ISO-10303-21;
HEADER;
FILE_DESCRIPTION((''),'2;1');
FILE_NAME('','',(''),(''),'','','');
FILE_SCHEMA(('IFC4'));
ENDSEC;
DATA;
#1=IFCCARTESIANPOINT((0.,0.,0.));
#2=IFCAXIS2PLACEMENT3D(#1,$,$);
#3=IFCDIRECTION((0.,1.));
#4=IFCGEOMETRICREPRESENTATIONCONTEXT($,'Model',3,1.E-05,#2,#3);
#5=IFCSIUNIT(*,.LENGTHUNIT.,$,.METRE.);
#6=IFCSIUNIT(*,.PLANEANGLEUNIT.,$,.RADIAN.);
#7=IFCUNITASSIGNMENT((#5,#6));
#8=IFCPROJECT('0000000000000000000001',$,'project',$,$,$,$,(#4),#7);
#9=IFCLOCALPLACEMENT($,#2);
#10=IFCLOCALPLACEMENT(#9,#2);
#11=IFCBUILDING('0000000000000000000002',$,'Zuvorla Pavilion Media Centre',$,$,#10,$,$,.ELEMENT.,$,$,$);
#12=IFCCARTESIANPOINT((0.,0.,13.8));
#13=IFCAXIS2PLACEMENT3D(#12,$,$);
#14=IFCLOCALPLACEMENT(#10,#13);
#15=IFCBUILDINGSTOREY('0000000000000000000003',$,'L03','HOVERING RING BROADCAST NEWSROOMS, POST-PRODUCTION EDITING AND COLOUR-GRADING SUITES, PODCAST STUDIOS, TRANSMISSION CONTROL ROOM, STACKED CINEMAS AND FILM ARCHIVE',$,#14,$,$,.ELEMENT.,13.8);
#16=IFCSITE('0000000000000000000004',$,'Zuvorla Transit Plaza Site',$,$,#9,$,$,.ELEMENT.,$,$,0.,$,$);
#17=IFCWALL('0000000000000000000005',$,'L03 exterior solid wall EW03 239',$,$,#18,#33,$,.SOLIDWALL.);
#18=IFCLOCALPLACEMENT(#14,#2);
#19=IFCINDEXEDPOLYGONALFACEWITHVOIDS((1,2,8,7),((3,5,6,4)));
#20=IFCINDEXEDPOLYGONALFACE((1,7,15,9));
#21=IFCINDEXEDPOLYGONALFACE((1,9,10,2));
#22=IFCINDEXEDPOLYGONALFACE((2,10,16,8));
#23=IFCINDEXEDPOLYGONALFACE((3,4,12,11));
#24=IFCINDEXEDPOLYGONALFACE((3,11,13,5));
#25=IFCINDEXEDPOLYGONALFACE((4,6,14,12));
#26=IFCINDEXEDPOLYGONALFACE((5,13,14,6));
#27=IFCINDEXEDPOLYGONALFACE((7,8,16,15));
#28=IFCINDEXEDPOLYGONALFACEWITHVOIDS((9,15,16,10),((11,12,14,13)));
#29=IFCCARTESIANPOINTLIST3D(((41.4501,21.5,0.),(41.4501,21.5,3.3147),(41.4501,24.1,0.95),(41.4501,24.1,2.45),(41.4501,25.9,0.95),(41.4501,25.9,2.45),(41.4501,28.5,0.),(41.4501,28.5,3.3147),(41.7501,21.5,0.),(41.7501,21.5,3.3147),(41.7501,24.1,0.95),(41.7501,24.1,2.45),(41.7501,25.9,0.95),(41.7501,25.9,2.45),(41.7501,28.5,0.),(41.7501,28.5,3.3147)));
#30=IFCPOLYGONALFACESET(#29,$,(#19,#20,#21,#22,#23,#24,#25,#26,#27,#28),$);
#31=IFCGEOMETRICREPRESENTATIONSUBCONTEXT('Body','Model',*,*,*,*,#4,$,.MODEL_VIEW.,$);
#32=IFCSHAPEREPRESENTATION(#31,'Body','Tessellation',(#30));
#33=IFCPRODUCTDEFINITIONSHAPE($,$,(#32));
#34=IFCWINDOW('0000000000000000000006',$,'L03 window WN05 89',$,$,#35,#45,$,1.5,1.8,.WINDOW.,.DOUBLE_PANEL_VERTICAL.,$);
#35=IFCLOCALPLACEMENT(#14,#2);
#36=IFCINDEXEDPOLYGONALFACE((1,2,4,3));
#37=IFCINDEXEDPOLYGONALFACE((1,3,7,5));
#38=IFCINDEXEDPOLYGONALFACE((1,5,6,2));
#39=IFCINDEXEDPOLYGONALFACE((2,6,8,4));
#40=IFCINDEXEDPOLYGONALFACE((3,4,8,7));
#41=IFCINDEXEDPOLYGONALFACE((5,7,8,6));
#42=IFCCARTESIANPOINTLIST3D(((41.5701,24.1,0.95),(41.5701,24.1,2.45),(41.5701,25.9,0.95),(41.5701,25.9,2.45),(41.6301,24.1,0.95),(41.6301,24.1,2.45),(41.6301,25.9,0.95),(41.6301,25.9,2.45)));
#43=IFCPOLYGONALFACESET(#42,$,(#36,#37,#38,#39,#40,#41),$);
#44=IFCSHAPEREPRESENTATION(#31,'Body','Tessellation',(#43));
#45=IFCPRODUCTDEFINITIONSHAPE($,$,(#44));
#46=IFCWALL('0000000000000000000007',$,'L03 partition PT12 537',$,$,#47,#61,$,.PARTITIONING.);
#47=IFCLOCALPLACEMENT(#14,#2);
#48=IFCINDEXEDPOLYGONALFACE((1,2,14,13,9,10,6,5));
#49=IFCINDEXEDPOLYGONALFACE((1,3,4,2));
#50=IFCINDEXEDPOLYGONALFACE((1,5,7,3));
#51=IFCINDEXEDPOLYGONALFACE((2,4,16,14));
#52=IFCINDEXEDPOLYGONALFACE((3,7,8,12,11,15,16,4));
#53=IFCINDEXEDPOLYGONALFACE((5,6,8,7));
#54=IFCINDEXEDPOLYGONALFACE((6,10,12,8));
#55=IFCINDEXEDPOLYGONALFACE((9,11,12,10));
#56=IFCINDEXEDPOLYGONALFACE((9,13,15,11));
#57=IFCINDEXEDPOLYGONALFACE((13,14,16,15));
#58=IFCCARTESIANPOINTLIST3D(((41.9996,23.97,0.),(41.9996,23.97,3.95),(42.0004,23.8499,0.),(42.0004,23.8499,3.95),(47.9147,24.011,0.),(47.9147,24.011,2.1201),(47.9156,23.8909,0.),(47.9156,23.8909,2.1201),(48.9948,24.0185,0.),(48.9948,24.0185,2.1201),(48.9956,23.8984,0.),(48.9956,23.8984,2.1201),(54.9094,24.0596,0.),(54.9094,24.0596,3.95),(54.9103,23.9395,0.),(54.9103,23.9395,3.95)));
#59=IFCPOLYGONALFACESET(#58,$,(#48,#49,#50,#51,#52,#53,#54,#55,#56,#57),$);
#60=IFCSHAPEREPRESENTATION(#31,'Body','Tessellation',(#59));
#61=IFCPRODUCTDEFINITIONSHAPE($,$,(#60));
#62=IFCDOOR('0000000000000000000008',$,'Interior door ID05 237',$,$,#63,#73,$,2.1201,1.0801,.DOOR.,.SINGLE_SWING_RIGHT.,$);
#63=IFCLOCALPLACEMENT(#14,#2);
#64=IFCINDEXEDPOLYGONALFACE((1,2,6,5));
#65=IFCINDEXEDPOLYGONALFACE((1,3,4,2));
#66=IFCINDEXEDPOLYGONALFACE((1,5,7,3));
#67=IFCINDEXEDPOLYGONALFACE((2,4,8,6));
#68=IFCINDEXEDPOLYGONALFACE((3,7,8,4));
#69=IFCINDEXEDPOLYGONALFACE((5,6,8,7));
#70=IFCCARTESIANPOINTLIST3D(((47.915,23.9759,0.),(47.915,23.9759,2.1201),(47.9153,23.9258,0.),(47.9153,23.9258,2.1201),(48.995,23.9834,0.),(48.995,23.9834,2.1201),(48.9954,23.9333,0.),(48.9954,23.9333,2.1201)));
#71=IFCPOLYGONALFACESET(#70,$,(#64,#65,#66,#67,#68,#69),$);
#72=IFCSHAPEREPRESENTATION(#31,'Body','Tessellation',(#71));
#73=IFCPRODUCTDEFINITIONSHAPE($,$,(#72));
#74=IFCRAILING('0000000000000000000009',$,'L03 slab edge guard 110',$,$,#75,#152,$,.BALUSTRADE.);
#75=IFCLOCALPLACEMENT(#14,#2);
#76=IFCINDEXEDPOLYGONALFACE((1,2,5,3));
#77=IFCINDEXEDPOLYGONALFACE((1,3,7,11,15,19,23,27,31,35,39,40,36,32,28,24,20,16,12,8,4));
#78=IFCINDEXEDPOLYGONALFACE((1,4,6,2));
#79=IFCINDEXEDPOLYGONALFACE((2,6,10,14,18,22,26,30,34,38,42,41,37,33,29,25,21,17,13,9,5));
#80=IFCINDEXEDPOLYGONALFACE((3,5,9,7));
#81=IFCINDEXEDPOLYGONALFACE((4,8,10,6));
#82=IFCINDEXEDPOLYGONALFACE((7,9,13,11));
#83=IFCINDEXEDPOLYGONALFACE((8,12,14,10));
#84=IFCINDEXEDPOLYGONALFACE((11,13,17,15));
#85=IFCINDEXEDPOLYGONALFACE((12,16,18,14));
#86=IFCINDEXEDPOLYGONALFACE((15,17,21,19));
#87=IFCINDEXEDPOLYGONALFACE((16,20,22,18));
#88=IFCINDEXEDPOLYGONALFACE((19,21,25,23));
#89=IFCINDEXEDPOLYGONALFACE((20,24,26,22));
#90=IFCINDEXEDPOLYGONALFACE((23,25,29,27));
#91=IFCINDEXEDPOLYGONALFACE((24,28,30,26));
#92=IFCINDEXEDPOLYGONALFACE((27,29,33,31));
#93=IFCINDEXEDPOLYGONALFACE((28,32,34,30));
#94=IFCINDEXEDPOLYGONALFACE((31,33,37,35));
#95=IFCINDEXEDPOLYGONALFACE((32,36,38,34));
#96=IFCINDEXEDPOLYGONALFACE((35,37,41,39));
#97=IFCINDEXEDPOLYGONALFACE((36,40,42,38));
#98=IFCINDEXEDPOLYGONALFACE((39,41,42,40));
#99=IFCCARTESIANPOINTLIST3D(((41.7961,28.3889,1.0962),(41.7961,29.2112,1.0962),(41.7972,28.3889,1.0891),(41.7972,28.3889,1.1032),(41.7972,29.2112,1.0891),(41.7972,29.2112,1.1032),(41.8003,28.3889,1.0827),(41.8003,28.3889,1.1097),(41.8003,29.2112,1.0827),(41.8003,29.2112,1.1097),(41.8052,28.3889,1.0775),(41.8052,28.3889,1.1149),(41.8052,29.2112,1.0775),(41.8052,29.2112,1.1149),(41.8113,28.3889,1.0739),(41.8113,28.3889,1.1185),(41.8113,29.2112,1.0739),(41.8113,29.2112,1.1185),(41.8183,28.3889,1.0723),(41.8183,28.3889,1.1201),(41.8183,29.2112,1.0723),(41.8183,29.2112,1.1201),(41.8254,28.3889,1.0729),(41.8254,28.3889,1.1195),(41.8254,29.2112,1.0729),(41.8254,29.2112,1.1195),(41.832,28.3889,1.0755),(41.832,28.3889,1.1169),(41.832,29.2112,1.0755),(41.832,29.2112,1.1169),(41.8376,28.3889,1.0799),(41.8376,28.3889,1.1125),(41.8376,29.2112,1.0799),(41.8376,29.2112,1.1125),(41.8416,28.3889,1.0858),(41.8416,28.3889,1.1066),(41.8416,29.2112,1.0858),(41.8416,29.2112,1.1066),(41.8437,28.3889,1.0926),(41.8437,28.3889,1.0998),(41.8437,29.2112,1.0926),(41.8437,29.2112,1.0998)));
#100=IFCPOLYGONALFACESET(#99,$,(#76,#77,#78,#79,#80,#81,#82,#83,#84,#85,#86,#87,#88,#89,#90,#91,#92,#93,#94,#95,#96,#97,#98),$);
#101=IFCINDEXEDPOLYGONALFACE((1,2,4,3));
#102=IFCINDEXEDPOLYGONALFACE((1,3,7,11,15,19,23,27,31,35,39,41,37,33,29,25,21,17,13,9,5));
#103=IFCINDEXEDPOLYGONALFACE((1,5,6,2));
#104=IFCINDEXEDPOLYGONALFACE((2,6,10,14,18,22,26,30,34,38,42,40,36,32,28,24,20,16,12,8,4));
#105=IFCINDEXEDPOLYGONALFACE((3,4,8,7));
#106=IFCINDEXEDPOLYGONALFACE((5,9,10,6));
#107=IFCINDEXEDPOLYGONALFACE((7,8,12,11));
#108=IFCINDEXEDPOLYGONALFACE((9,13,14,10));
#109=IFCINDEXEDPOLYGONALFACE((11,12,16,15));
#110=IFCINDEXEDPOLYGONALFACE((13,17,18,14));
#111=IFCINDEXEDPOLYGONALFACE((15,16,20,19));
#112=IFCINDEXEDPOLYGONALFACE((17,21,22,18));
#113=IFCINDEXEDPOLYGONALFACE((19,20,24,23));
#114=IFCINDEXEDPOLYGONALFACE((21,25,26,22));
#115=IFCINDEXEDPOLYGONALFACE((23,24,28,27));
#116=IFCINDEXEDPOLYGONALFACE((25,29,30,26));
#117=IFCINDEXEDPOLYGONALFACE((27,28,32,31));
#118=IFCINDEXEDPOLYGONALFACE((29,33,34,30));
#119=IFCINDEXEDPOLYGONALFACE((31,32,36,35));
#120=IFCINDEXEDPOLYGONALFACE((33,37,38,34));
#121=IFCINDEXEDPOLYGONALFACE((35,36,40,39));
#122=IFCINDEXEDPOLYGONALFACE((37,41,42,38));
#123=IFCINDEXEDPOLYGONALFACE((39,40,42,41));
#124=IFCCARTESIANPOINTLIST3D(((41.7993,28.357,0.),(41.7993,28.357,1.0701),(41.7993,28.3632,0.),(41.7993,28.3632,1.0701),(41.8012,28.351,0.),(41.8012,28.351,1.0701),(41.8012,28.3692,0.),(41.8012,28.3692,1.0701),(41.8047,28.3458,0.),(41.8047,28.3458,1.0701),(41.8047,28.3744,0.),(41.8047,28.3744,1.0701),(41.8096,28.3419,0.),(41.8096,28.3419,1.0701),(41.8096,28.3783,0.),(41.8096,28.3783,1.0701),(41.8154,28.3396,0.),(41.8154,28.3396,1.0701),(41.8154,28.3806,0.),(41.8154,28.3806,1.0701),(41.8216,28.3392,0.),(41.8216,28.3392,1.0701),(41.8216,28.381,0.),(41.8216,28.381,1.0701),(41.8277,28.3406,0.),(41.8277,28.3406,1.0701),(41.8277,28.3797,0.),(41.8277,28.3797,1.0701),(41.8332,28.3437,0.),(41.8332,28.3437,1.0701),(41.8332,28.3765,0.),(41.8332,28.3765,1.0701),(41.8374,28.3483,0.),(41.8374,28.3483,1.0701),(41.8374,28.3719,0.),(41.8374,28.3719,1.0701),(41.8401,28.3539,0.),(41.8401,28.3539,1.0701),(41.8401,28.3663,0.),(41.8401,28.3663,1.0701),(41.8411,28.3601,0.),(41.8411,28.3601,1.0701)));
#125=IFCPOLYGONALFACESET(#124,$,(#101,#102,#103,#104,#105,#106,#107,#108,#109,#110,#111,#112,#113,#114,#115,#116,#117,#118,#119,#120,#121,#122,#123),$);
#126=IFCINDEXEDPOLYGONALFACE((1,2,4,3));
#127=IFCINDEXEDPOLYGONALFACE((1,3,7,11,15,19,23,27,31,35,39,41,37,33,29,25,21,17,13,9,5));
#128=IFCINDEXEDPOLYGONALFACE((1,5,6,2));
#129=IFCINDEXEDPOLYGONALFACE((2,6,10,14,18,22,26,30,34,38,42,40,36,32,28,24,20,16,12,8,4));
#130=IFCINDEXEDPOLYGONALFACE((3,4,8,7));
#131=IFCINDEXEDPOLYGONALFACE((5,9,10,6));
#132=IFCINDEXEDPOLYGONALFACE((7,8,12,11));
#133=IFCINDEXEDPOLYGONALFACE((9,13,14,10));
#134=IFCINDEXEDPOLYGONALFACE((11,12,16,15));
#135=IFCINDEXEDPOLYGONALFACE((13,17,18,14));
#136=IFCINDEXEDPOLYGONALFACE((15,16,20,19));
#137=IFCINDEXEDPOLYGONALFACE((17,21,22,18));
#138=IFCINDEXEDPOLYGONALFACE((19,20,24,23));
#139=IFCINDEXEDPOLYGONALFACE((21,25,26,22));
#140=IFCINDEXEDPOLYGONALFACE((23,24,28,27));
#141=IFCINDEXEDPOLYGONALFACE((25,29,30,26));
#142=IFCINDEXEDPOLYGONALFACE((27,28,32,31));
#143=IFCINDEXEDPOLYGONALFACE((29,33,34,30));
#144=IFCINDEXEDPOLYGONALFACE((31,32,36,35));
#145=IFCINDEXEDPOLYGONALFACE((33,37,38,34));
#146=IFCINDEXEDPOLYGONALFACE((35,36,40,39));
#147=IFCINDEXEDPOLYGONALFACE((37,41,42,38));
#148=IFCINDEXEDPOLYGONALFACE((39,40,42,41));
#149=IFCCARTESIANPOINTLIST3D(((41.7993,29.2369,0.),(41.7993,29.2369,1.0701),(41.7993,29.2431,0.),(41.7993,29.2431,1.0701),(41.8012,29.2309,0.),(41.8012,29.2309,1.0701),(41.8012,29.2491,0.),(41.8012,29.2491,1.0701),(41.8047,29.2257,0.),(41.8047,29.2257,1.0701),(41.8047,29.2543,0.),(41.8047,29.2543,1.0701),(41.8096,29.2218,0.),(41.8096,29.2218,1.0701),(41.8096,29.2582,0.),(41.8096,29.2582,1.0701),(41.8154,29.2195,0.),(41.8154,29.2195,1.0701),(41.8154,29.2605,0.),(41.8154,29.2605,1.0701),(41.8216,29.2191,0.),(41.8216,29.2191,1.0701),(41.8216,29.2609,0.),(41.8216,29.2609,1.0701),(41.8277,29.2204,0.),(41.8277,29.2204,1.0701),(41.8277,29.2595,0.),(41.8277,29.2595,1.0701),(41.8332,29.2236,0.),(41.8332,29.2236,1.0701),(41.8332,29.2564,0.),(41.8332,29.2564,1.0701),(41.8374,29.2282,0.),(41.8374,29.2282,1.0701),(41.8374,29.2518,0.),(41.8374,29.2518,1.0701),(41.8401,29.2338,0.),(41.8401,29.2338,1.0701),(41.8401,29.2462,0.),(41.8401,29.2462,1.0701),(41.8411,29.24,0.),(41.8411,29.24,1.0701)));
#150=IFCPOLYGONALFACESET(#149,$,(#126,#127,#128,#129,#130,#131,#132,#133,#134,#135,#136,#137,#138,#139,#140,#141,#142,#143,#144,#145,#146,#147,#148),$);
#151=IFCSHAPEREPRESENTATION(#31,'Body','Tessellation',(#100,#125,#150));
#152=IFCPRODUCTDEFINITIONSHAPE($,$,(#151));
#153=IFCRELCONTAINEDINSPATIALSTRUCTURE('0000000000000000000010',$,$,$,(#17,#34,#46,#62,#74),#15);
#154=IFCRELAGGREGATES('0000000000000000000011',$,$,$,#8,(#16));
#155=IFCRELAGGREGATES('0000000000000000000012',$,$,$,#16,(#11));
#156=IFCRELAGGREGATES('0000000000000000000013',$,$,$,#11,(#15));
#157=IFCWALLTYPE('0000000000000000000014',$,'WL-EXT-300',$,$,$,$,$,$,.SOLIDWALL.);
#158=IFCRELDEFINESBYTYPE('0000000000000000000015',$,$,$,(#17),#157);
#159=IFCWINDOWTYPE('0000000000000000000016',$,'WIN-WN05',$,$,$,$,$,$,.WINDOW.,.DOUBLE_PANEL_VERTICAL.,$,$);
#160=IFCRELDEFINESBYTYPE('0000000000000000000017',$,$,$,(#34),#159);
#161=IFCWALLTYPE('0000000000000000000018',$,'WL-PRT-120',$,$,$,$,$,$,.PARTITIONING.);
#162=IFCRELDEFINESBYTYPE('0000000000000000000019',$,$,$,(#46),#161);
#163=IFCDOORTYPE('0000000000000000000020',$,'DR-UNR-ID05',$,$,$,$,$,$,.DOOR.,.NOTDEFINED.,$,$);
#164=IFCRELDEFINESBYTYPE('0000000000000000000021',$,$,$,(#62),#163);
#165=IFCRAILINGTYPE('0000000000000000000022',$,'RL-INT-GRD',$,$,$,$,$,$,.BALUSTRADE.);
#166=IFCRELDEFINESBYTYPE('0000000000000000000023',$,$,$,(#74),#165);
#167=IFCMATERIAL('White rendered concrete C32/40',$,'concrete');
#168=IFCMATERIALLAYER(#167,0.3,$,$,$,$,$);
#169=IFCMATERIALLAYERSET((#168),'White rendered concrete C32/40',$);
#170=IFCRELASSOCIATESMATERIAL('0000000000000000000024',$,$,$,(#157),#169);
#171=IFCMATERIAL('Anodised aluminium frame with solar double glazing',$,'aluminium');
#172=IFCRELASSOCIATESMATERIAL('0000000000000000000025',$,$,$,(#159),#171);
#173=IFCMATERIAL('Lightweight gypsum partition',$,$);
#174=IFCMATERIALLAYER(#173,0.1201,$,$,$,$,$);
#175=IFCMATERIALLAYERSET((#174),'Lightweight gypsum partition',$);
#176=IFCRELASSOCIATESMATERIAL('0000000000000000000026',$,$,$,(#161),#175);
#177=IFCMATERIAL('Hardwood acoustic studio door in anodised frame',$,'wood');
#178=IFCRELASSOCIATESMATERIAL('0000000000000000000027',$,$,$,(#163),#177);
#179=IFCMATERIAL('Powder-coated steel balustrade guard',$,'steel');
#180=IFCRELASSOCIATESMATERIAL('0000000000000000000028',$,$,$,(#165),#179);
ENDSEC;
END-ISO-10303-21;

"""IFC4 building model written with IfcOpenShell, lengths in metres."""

from ifc_helpers import new_model, si_unit, direction, frame, frame_2d, origin, origin_2d, place, context, subcontext, project, spatial, rectangle, circle, extrude, material, layer, layer_set, type_object, element, fill, save


model = new_model("IFC4")

# Units and contexts
model_context = context("Model", 3, precision=1e-05, world=origin(), true_north=direction((0.0, 1.0)))
body_context = subcontext(model_context, "Body", "Model", "MODEL_VIEW")
ifc_project = project(units=[si_unit("LENGTHUNIT", "METRE"), si_unit("PLANEANGLEUNIT", "RADIAN")], contexts=[model_context])

# Site, building, storey
site_placement = place(None, origin())
site = spatial("IfcSite", under=ifc_project, at=site_placement, Name="Zuvorla Transit Plaza Site", CompositionType="ELEMENT", RefElevation=0.0)
building_placement = place(site_placement, origin())
building = spatial("IfcBuilding", under=site, at=building_placement, Name="Zuvorla Pavilion Media Centre", CompositionType="ELEMENT")
storey_placement = place(building_placement, frame((0.0, 0.0, 13.8)))
storey = spatial("IfcBuildingStorey", under=building, at=storey_placement, Name="L03", Description="HOVERING RING BROADCAST NEWSROOMS, POST-PRODUCTION EDITING AND COLOUR-GRADING SUITES, PODCAST STUDIOS, TRANSMISSION CONTROL ROOM, STACKED CINEMAS AND FILM ARCHIVE", CompositionType="ELEMENT", Elevation=13.8)

# Wall, opening, window
ifc_material_1 = material(Name="White rendered concrete C32/40", Category="concrete")
ifc_layer_1 = layer(ifc_material_1, 0.3)
ifc_layer_set_1 = layer_set([ifc_layer_1], Name="White rendered concrete C32/40")
wall_type_1 = type_object("IfcWallType", Name="WL-EXT-300", PredefinedType="SOLIDWALL", material=ifc_layer_set_1)
wall_1_placement = place(storey_placement, frame((41.6001, 28.5, 0.0), z_axis=(0.0, 0.0, 1.0), x_axis=(0.0, -1.0, 0.0)))
wall_1 = element("IfcWall", 1, at=wall_1_placement, inside=storey, type_object=wall_type_1, Name="L03 exterior solid wall EW03 239", PredefinedType="SOLIDWALL", context=body_context, shape_type="SweptSolid", body=[
    extrude(rectangle(XDim=7.0, YDim=0.3, at=frame_2d((3.5, 0.0))), origin(), (0.0, 0.0, 1.0), 3.3147),
])
opening_1_placement = place(wall_1_placement, frame((2.6001, 0.0, 0.95)))
opening_1 = element("IfcOpeningElement", 2, at=opening_1_placement, cuts=wall_1, PredefinedType="OPENING", context=body_context, shape_type="SweptSolid", body=[
    extrude(rectangle(XDim=1.8, YDim=1.5, at=frame_2d((0.8999, 0.75))), frame((0.0, 0.1599, 0.0), z_axis=(0.0, -1.0, 0.0), x_axis=(1.0, 0.0, 0.0)), (0.0, 0.0, 1.0), 0.3201),
])
ifc_material_2 = material(Name="Anodised aluminium frame with solar double glazing", Category="aluminium")
window_type = type_object("IfcWindowType", Name="WIN-WN05", PartitioningType="DOUBLE_PANEL_VERTICAL", PredefinedType="WINDOW", material=ifc_material_2)
window_placement = place(opening_1_placement, origin())
window = element("IfcWindow", 3, at=window_placement, inside=storey, type_object=window_type, Name="L03 window WN05 89", OverallHeight=1.5, OverallWidth=1.8, PartitioningType="DOUBLE_PANEL_VERTICAL", PredefinedType="WINDOW", context=body_context, shape_type="SweptSolid", body=[
    extrude(rectangle(XDim=1.8, YDim=1.5, at=frame_2d((0.8999, 0.75))), frame((0.0, 0.03, 0.0), z_axis=(0.0, -1.0, 0.0), x_axis=(1.0, 0.0, 0.0)), (0.0, 0.0, 1.0), 0.0601),
])
fill(opening_1, window)

# Wall, opening, door
ifc_material_3 = material(Name="Lightweight gypsum partition")
ifc_layer_2 = layer(ifc_material_3, 0.1201)
ifc_layer_set_2 = layer_set([ifc_layer_2], Name="Lightweight gypsum partition")
wall_type_2 = type_object("IfcWallType", Name="WL-PRT-120", PredefinedType="PARTITIONING", material=ifc_layer_set_2)
wall_2_placement = place(storey_placement, frame((42.0, 23.9099, 0.0), z_axis=(0.0, 0.0, 1.0), x_axis=(0.999976, 0.00694, 0.0)))
wall_2 = element("IfcWall", 4, at=wall_2_placement, inside=storey, type_object=wall_type_2, Name="L03 partition PT12 537", PredefinedType="PARTITIONING", context=body_context, shape_type="SweptSolid", body=[
    extrude(rectangle(XDim=12.9102, YDim=0.1201, at=frame_2d((6.4551, 0.0))), origin(), (0.0, 0.0, 1.0), 3.95),
])
opening_2_placement = place(wall_2_placement, frame((5.9153, 0.0, 0.0)))
opening_2 = element("IfcOpeningElement", 5, at=opening_2_placement, cuts=wall_2, PredefinedType="OPENING", context=body_context, shape_type="SweptSolid", body=[
    extrude(rectangle(XDim=1.0801, YDim=2.1201, at=frame_2d((0.54, 1.0601))), frame((0.0, 0.0701, 0.0), z_axis=(0.0, -1.0, 0.0), x_axis=(1.0, 0.0, 0.0)), (0.0, 0.0, 1.0), 0.1401),
])
ifc_material_4 = material(Name="Hardwood acoustic studio door in anodised frame", Category="wood")
door_type_1 = type_object("IfcDoorType", Name="DR-UNR-ID05", OperationType="NOTDEFINED", PredefinedType="DOOR", material=ifc_material_4)
door_1_placement = place(opening_2_placement, origin())
door_1 = element("IfcDoor", 6, at=door_1_placement, inside=storey, type_object=door_type_1, Name="Interior door ID05 237", OperationType="SINGLE_SWING_RIGHT", OverallHeight=2.1201, OverallWidth=1.0801, PredefinedType="DOOR", context=body_context, shape_type="SweptSolid", body=[
    extrude(rectangle(XDim=1.0801, YDim=2.1201, at=frame_2d((0.54, 1.0601))), frame((0.0, 0.0249, 0.0), z_axis=(0.0, -1.0, 0.0), x_axis=(1.0, 0.0, 0.0)), (0.0, 0.0, 1.0), 0.05),
])
fill(opening_2, door_1)

# Railing
ifc_material_5 = material(Name="Powder-coated steel balustrade guard", Category="steel")
railing_type = type_object("IfcRailingType", Name="RL-INT-GRD", PredefinedType="BALUSTRADE", material=ifc_material_5)
railing_placement = place(storey_placement, frame((41.8201, 28.3601, 0.0)))
element("IfcRailing", 7, at=railing_placement, inside=storey, type_object=railing_type, Name="L03 slab edge guard 110", PredefinedType="BALUSTRADE", context=body_context, shape_type="SweptSolid", body=[
    extrude(circle(Radius=0.0239, at=origin_2d()), frame((0.0, 0.0288, 1.0962), z_axis=(0.0, 1.0, 0.0), x_axis=(-1.0, 0.0, 0.0)), (0.0, 0.0, 1.0), 0.8223),
    extrude(circle(Radius=0.021, at=origin_2d()), origin(), (0.0, 0.0, 1.0), 1.0701),
    extrude(circle(Radius=0.021, at=origin_2d()), frame((0.0, 0.8799, 0.0)), (0.0, 0.0, 1.0), 1.0701),
])

save(model, "model.ifc")
